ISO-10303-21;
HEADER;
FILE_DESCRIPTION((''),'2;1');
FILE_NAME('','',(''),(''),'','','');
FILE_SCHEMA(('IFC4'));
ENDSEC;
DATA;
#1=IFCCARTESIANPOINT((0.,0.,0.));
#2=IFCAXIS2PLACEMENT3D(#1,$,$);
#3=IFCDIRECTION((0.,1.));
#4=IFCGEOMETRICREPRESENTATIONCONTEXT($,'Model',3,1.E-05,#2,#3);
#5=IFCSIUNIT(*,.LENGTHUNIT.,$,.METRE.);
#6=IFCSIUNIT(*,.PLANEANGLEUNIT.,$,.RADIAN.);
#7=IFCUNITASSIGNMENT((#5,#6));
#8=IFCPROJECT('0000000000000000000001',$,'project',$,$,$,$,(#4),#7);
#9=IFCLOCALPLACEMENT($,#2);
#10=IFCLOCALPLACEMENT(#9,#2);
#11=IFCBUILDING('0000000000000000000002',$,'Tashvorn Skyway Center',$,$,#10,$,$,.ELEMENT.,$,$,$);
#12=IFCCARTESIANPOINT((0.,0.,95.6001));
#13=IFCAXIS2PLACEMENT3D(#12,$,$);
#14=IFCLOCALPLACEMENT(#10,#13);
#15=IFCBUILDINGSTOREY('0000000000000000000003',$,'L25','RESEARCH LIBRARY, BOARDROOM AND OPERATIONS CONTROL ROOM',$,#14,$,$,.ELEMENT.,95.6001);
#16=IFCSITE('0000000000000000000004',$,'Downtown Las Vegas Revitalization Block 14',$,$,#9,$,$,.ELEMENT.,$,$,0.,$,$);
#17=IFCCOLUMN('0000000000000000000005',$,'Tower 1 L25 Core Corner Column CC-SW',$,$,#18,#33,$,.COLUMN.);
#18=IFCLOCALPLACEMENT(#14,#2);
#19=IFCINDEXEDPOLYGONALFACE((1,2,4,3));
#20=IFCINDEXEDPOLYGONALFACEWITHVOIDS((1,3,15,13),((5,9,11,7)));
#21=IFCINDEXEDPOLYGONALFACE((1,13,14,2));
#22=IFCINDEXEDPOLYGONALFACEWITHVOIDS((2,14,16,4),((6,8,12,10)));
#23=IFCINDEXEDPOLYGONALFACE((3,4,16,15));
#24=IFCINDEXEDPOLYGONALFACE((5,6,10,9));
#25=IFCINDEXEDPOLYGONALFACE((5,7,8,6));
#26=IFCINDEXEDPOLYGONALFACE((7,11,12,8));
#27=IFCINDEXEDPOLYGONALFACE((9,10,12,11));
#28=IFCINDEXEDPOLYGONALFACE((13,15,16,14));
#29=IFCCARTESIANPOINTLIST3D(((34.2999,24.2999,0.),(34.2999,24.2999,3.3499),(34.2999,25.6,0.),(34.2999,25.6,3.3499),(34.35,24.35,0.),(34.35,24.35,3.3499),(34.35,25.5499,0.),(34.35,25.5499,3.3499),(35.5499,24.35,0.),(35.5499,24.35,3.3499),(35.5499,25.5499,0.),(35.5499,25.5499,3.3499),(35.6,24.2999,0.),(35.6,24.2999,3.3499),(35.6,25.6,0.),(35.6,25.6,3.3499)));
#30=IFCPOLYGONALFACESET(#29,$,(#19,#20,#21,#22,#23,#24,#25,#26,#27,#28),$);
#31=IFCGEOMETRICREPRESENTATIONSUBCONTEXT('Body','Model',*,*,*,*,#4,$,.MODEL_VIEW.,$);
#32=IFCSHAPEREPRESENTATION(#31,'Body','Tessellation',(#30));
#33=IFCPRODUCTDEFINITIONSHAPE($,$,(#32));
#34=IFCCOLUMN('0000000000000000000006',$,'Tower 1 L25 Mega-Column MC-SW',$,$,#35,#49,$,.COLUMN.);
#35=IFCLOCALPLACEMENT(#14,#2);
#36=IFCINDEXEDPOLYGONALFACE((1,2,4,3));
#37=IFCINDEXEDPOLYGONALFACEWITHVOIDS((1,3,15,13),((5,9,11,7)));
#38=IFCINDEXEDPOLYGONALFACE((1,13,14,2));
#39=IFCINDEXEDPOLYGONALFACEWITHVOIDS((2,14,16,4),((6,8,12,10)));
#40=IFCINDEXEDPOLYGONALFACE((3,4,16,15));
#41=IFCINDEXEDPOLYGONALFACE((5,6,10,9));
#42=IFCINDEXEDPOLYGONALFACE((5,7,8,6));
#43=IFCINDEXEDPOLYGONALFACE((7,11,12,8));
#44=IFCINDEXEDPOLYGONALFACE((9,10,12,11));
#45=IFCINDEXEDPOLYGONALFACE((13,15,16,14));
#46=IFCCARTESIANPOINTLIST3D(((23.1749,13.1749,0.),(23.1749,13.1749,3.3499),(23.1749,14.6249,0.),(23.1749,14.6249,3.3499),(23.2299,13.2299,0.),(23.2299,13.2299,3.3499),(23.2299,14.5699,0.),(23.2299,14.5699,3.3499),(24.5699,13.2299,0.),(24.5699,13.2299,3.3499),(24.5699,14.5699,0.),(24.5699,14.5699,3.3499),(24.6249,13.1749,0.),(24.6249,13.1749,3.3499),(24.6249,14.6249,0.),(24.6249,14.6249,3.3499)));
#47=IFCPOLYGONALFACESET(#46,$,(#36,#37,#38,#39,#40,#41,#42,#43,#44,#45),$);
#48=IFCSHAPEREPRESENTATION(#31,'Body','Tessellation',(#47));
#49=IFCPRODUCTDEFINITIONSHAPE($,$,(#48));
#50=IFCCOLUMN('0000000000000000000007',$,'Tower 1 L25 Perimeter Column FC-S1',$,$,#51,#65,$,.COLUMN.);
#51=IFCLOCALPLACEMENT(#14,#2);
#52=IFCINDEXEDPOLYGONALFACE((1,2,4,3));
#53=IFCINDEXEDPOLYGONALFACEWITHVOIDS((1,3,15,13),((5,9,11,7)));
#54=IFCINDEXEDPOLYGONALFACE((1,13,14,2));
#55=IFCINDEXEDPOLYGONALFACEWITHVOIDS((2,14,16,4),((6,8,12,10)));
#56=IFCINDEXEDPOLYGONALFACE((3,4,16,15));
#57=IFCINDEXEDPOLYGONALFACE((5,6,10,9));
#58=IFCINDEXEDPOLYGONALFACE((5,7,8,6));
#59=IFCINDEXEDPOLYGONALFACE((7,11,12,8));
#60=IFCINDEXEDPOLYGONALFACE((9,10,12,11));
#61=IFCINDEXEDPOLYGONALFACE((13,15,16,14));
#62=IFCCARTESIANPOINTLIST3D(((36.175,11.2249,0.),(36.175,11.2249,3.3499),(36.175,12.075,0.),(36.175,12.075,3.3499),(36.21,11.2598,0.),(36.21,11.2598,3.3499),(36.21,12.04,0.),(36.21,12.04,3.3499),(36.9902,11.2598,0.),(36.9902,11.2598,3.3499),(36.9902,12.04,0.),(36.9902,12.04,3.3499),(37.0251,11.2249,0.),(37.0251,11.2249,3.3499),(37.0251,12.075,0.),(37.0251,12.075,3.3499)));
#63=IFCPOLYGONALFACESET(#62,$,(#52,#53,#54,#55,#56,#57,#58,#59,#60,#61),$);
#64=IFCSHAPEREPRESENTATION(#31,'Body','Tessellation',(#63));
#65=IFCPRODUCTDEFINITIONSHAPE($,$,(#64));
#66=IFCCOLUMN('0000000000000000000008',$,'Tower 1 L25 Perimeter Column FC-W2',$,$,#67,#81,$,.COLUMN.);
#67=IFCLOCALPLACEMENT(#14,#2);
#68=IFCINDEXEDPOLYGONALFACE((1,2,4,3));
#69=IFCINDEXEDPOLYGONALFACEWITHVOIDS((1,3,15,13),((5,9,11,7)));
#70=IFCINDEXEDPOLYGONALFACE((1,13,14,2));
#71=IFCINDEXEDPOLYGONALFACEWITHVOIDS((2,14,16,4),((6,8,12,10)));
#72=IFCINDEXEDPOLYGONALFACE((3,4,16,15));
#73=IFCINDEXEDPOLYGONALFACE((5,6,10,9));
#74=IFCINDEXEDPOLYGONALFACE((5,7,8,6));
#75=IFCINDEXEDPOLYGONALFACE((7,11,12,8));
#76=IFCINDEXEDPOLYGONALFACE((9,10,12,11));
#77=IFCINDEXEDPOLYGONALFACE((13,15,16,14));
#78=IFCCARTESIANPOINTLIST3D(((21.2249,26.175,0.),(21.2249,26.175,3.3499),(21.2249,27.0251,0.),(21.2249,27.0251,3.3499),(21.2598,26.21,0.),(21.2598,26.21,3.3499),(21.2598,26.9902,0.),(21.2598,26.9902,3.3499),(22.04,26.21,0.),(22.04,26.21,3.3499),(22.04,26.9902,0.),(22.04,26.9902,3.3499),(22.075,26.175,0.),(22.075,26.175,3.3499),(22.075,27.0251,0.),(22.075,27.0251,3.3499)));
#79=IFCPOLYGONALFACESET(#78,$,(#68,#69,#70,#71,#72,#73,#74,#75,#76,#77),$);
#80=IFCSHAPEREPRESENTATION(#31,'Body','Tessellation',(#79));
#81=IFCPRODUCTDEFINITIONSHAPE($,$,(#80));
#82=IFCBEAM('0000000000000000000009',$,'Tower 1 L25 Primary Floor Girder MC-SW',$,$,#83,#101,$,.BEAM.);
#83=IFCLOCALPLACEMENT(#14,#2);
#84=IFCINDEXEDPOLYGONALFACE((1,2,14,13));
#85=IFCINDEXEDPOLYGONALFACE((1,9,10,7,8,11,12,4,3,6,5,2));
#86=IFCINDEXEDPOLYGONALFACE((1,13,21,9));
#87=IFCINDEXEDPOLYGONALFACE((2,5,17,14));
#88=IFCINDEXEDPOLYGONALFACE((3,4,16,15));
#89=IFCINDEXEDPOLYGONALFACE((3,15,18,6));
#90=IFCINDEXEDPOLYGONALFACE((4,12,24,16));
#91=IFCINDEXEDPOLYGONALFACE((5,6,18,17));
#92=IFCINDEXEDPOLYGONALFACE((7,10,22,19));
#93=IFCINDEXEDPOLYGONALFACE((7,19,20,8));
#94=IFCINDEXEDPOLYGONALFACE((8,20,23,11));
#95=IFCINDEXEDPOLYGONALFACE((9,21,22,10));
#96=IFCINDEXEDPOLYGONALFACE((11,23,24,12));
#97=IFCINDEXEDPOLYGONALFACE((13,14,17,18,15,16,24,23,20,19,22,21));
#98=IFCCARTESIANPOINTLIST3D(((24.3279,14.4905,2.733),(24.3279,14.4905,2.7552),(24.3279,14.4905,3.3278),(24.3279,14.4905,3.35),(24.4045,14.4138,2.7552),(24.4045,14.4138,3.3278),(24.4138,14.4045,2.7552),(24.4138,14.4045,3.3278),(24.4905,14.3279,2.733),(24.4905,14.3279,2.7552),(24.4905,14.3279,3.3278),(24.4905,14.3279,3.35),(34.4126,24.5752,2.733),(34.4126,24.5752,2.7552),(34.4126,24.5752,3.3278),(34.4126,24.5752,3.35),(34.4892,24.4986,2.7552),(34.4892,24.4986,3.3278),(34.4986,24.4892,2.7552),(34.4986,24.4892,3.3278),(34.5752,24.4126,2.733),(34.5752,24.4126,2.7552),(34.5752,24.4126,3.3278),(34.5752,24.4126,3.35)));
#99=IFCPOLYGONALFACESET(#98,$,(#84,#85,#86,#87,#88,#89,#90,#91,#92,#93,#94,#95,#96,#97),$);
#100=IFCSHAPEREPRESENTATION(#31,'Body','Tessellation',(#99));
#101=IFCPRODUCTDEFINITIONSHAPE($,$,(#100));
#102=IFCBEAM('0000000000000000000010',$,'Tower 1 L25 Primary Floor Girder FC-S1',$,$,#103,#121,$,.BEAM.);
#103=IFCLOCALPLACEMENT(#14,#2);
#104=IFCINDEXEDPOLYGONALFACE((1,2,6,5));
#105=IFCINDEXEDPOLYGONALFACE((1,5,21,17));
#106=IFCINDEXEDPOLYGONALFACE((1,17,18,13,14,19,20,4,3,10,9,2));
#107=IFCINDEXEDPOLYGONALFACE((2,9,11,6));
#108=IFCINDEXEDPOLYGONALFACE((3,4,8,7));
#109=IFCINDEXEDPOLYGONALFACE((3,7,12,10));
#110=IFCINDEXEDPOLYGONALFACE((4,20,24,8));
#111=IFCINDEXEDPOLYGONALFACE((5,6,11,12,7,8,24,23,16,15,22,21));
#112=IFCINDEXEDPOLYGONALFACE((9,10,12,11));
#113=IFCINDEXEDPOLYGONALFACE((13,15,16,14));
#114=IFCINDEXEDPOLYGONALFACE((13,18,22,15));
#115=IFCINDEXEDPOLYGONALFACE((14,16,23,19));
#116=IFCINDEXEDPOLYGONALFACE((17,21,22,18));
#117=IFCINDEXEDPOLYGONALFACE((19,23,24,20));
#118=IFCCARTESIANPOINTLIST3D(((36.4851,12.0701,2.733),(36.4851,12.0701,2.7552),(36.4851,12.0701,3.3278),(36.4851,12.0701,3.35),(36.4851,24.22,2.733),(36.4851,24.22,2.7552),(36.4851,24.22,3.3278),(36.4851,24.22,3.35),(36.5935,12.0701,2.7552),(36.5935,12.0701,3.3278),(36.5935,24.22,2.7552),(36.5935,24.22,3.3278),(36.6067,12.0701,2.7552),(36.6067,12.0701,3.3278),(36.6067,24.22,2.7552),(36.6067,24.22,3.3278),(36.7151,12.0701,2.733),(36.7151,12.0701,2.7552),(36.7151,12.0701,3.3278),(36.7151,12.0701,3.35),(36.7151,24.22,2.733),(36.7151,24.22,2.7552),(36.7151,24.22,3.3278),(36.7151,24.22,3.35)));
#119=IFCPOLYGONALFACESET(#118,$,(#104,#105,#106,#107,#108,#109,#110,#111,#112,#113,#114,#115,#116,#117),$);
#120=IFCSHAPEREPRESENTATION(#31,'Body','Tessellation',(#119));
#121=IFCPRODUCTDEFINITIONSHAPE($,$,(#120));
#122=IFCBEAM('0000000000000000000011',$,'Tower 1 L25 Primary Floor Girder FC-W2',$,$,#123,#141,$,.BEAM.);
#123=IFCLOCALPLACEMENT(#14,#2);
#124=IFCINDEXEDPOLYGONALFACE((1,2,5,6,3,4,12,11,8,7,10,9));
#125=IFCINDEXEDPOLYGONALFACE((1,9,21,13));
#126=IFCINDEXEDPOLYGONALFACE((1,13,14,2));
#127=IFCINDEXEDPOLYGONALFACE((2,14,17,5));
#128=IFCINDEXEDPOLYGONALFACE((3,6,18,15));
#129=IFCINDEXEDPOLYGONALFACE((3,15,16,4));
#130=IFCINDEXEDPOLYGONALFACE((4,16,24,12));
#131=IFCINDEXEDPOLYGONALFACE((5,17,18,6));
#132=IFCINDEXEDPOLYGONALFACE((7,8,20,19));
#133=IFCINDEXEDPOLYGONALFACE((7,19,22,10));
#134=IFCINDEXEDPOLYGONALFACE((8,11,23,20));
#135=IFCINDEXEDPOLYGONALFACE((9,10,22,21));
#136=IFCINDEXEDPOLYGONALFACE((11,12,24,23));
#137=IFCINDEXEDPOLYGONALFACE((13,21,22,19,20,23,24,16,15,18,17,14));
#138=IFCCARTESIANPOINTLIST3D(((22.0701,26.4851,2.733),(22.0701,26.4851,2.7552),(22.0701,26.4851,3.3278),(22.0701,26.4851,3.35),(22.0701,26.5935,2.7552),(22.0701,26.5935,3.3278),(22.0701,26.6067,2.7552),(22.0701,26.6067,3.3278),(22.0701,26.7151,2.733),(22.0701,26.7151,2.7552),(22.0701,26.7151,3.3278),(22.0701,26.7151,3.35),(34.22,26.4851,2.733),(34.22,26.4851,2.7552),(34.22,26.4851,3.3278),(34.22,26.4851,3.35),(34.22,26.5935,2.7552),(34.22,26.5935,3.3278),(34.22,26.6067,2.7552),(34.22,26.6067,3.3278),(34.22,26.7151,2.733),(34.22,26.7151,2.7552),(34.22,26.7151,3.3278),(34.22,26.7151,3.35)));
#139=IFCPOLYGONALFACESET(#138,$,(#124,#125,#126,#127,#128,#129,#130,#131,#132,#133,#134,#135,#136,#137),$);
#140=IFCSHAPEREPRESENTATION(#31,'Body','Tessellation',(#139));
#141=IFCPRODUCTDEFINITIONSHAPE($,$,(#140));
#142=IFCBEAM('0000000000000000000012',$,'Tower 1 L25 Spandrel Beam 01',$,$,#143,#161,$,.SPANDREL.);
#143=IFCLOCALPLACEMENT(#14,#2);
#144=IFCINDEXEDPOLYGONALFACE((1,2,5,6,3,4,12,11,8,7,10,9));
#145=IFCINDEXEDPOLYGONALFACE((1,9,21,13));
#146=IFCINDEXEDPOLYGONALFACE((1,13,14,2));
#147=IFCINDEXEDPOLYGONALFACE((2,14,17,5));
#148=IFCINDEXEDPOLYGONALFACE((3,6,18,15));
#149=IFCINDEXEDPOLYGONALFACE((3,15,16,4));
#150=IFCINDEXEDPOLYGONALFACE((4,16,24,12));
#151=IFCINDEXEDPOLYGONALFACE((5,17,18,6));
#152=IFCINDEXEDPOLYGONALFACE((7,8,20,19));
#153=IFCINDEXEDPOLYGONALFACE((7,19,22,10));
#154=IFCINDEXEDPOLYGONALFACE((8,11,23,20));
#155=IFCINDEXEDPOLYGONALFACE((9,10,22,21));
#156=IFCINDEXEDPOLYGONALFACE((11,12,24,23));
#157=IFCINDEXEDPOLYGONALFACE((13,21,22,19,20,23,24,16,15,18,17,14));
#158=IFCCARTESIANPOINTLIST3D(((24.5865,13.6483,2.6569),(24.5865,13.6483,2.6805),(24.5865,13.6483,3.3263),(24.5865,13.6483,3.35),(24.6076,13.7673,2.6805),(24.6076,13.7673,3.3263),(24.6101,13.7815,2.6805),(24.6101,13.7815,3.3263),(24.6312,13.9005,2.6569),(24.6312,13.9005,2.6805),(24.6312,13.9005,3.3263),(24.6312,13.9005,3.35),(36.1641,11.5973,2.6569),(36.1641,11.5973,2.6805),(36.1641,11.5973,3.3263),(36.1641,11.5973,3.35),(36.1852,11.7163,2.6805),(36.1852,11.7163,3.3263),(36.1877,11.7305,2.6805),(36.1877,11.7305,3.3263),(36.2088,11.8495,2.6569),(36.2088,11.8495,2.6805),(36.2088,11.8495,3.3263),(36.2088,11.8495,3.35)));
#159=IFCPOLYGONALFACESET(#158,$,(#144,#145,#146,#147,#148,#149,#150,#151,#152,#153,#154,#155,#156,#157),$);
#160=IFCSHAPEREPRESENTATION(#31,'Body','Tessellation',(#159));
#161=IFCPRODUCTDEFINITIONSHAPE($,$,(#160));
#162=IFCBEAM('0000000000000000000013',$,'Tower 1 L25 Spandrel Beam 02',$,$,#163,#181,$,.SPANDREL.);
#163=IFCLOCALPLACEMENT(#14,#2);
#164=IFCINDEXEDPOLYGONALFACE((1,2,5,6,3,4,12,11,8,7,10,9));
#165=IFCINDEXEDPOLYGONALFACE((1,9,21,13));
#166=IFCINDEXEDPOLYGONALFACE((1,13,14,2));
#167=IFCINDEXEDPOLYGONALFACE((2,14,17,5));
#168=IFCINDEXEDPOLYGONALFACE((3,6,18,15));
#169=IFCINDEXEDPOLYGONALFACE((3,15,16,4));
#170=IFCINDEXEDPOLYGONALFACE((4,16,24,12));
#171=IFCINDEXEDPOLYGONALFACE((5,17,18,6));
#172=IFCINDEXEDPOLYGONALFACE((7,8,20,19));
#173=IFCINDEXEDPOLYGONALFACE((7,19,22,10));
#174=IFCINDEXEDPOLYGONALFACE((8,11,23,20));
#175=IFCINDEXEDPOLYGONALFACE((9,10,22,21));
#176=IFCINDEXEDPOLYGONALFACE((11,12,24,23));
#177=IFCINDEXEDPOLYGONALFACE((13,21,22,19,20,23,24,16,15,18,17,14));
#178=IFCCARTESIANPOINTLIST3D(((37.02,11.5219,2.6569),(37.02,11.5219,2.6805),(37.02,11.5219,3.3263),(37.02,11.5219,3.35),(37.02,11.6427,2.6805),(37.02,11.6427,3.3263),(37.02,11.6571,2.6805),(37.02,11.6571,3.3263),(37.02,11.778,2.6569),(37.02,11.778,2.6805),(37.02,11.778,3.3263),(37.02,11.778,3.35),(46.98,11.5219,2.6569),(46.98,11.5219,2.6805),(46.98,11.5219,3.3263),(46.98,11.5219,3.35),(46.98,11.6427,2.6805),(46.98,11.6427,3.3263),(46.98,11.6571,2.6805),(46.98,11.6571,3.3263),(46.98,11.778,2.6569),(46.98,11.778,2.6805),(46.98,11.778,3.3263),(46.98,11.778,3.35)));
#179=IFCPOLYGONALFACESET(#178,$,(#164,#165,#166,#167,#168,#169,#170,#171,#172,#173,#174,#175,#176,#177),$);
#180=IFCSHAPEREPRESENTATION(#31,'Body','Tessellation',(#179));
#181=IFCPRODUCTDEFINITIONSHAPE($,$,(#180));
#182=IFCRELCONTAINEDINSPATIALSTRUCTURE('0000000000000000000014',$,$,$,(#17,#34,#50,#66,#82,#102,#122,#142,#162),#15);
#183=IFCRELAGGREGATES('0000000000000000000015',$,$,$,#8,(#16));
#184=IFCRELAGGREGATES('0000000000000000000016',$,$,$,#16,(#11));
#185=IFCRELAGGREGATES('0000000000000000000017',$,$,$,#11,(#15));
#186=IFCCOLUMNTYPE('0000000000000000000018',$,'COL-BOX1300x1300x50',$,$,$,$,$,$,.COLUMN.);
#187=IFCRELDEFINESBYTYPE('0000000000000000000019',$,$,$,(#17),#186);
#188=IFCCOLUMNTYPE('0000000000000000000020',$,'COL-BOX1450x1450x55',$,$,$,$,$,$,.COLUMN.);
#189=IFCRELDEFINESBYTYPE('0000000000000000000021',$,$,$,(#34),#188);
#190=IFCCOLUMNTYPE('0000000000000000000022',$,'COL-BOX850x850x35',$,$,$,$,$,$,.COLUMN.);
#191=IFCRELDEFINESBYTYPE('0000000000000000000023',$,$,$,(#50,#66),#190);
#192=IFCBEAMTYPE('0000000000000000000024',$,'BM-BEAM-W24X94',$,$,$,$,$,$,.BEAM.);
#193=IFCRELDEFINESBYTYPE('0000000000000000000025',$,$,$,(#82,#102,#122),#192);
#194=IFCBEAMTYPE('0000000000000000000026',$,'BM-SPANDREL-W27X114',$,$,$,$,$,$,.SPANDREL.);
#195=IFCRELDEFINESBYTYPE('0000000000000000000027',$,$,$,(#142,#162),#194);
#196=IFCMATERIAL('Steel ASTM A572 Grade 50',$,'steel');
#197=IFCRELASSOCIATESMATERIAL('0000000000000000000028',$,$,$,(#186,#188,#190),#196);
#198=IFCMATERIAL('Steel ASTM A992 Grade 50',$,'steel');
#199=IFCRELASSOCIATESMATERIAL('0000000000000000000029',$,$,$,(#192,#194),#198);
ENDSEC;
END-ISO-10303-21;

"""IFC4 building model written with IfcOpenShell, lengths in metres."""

from ifc_helpers import new_model, si_unit, direction, frame, origin, origin_2d, place, context, subcontext, project, spatial, hollow_rectangle, i_section, extrude, material, material_profile, profile_set, type_object, element, save


model = new_model("IFC4")

# Units and contexts
model_context = context("Model", 3, precision=1e-05, world=origin(), true_north=direction((0.0, 1.0)))
body_context = subcontext(model_context, "Body", "Model", "MODEL_VIEW")
ifc_project = project(units=[si_unit("LENGTHUNIT", "METRE"), si_unit("PLANEANGLEUNIT", "RADIAN")], contexts=[model_context])

# Site, building, storey
site_placement = place(None, origin())
site = spatial("IfcSite", under=ifc_project, at=site_placement, Name="Downtown Las Vegas Revitalization Block 14", CompositionType="ELEMENT", RefElevation=0.0)
building_placement = place(site_placement, origin())
building = spatial("IfcBuilding", under=site, at=building_placement, Name="Tashvorn Skyway Center", CompositionType="ELEMENT")
storey_placement = place(building_placement, frame((0.0, 0.0, 95.6001)))
storey = spatial("IfcBuildingStorey", under=building, at=storey_placement, Name="L25", Description="RESEARCH LIBRARY, BOARDROOM AND OPERATIONS CONTROL ROOM", CompositionType="ELEMENT", Elevation=95.6001)

# Columns
ifc_material_1 = material(Name="Steel ASTM A572 Grade 50", Category="steel")
ifc_material_profile_1 = material_profile(ifc_material_1, hollow_rectangle(XDim=1.3, YDim=1.3, WallThickness=0.05, at=origin_2d()), Name="BOX1300x1300x50")
ifc_profile_set_1 = profile_set([ifc_material_profile_1], Name="Steel ASTM A572 Grade 50")
column_type_1 = type_object("IfcColumnType", Name="COL-BOX1300x1300x50", PredefinedType="COLUMN", material=ifc_profile_set_1)
column_1_placement = place(storey_placement, frame((34.95, 24.95, 0.0), z_axis=(0.0, 0.0, 1.0), x_axis=(1.0, 0.0, 0.0)))
element("IfcColumn", 1, at=column_1_placement, inside=storey, type_object=column_type_1, Name="Tower 1 L25 Core Corner Column CC-SW", PredefinedType="COLUMN", context=body_context, shape_type="SweptSolid", body=[
    extrude(hollow_rectangle(XDim=1.3, YDim=1.3, WallThickness=0.05, at=origin_2d()), origin(), (0.0, 0.0, 1.0), 3.3499),
])
ifc_material_profile_2 = material_profile(ifc_material_1, hollow_rectangle(XDim=1.45, YDim=1.45, WallThickness=0.0549, at=origin_2d()), Name="BOX1450x1450x55")
ifc_profile_set_2 = profile_set([ifc_material_profile_2], Name="Steel ASTM A572 Grade 50")
column_type_2 = type_object("IfcColumnType", Name="COL-BOX1450x1450x55", PredefinedType="COLUMN", material=ifc_profile_set_2)
column_2_placement = place(storey_placement, frame((23.8999, 13.8999, 0.0), z_axis=(0.0, 0.0, 1.0), x_axis=(1.0, 0.0, 0.0)))
element("IfcColumn", 2, at=column_2_placement, inside=storey, type_object=column_type_2, Name="Tower 1 L25 Mega-Column MC-SW", PredefinedType="COLUMN", context=body_context, shape_type="SweptSolid", body=[
    extrude(hollow_rectangle(XDim=1.45, YDim=1.45, WallThickness=0.0549, at=origin_2d()), origin(), (0.0, 0.0, 1.0), 3.3499),
])
ifc_material_profile_3 = material_profile(ifc_material_1, hollow_rectangle(XDim=0.8501, YDim=0.8501, WallThickness=0.0349, at=origin_2d()), Name="BOX850x850x35")
ifc_profile_set_3 = profile_set([ifc_material_profile_3], Name="Steel ASTM A572 Grade 50")
column_type_3 = type_object("IfcColumnType", Name="COL-BOX850x850x35", PredefinedType="COLUMN", material=ifc_profile_set_3)
for number, where, z_axis, x_axis, name in (
    (3, (36.6001, 11.6499, 0.0), (0.0, 0.0, 1.0), (1.0, 0.0, 0.0), "Tower 1 L25 Perimeter Column FC-S1"),
    (4, (21.6499, 26.6001, 0.0), (0.0, 0.0, 1.0), (1.0, 0.0, 0.0), "Tower 1 L25 Perimeter Column FC-W2"),
):
    element("IfcColumn", number, at=place(storey_placement, frame(where, z_axis=z_axis, x_axis=x_axis)), inside=storey, type_object=column_type_3, Name=name, PredefinedType="COLUMN", context=body_context, shape_type="SweptSolid", body=[
        extrude(hollow_rectangle(XDim=0.8501, YDim=0.8501, WallThickness=0.0349, at=origin_2d()), origin(), (0.0, 0.0, 1.0), 3.3499),
    ])

# Beams
ifc_material_2 = material(Name="Steel ASTM A992 Grade 50", Category="steel")
ifc_material_profile_4 = material_profile(ifc_material_2, i_section(OverallWidth=0.23, OverallDepth=0.6169, WebThickness=0.0132, FlangeThickness=0.0222, at=origin_2d()), Name="W24X94")
ifc_profile_set_4 = profile_set([ifc_material_profile_4], Name="Steel ASTM A992 Grade 50")
beam_type_1 = type_object("IfcBeamType", Name="BM-BEAM-W24X94", PredefinedType="BEAM", material=ifc_profile_set_4)
beam_1_placement = place(storey_placement, frame((24.4092, 14.4092, 3.0415), z_axis=(0.707107, 0.707107, 0.0), x_axis=(-0.707107, 0.707107, 0.0)))
element("IfcBeam", 5, at=beam_1_placement, inside=storey, type_object=beam_type_1, Name="Tower 1 L25 Primary Floor Girder MC-SW", PredefinedType="BEAM", context=body_context, shape_type="SweptSolid", body=[
    extrude(i_section(OverallWidth=0.23, OverallDepth=0.6169, WebThickness=0.0132, FlangeThickness=0.0222, at=origin_2d()), origin(), (0.0, 0.0, 1.0), 14.262),
])
for number, where, z_axis, x_axis, name in (
    (6, (36.6001, 12.0701, 3.0415), (0.0, 1.0, 0.0), (-1.0, 0.0, 0.0), "Tower 1 L25 Primary Floor Girder FC-S1"),
    (7, (22.0701, 26.6001, 3.0415), (1.0, 0.0, 0.0), (0.0, 1.0, 0.0), "Tower 1 L25 Primary Floor Girder FC-W2"),
):
    element("IfcBeam", number, at=place(storey_placement, frame(where, z_axis=z_axis, x_axis=x_axis)), inside=storey, type_object=beam_type_1, Name=name, PredefinedType="BEAM", context=body_context, shape_type="SweptSolid", body=[
        extrude(i_section(OverallWidth=0.23, OverallDepth=0.6169, WebThickness=0.0132, FlangeThickness=0.0222, at=origin_2d()), origin(), (0.0, 0.0, 1.0), 12.1499),
    ])
ifc_material_profile_5 = material_profile(ifc_material_2, i_section(OverallWidth=0.2561, OverallDepth=0.6931, WebThickness=0.0144, FlangeThickness=0.0237, at=origin_2d()), Name="W27X114")
ifc_profile_set_5 = profile_set([ifc_material_profile_5], Name="Steel ASTM A992 Grade 50")
beam_type_2 = type_object("IfcBeamType", Name="BM-SPANDREL-W27X114", PredefinedType="SPANDREL", material=ifc_profile_set_5)
beam_2_placement = place(storey_placement, frame((24.6089, 13.7744, 3.0034), z_axis=(0.984668, -0.174438, 0.0), x_axis=(0.174438, 0.984668, 0.0)))
element("IfcBeam", 8, at=beam_2_placement, inside=storey, type_object=beam_type_2, Name="Tower 1 L25 Spandrel Beam 01", PredefinedType="SPANDREL", context=body_context, shape_type="SweptSolid", body=[
    extrude(i_section(OverallWidth=0.2561, OverallDepth=0.6931, WebThickness=0.0144, FlangeThickness=0.0237, at=origin_2d()), origin(), (0.0, 0.0, 1.0), 11.7578),
])
beam_3_placement = place(storey_placement, frame((37.02, 11.6499, 3.0034), z_axis=(1.0, 0.0, 0.0), x_axis=(0.0, 1.0, 0.0)))
element("IfcBeam", 9, at=beam_3_placement, inside=storey, type_object=beam_type_2, Name="Tower 1 L25 Spandrel Beam 02", PredefinedType="SPANDREL", context=body_context, shape_type="SweptSolid", body=[
    extrude(i_section(OverallWidth=0.2561, OverallDepth=0.6931, WebThickness=0.0144, FlangeThickness=0.0237, at=origin_2d()), origin(), (0.0, 0.0, 1.0), 9.96),
])

save(model, "model.ifc")
